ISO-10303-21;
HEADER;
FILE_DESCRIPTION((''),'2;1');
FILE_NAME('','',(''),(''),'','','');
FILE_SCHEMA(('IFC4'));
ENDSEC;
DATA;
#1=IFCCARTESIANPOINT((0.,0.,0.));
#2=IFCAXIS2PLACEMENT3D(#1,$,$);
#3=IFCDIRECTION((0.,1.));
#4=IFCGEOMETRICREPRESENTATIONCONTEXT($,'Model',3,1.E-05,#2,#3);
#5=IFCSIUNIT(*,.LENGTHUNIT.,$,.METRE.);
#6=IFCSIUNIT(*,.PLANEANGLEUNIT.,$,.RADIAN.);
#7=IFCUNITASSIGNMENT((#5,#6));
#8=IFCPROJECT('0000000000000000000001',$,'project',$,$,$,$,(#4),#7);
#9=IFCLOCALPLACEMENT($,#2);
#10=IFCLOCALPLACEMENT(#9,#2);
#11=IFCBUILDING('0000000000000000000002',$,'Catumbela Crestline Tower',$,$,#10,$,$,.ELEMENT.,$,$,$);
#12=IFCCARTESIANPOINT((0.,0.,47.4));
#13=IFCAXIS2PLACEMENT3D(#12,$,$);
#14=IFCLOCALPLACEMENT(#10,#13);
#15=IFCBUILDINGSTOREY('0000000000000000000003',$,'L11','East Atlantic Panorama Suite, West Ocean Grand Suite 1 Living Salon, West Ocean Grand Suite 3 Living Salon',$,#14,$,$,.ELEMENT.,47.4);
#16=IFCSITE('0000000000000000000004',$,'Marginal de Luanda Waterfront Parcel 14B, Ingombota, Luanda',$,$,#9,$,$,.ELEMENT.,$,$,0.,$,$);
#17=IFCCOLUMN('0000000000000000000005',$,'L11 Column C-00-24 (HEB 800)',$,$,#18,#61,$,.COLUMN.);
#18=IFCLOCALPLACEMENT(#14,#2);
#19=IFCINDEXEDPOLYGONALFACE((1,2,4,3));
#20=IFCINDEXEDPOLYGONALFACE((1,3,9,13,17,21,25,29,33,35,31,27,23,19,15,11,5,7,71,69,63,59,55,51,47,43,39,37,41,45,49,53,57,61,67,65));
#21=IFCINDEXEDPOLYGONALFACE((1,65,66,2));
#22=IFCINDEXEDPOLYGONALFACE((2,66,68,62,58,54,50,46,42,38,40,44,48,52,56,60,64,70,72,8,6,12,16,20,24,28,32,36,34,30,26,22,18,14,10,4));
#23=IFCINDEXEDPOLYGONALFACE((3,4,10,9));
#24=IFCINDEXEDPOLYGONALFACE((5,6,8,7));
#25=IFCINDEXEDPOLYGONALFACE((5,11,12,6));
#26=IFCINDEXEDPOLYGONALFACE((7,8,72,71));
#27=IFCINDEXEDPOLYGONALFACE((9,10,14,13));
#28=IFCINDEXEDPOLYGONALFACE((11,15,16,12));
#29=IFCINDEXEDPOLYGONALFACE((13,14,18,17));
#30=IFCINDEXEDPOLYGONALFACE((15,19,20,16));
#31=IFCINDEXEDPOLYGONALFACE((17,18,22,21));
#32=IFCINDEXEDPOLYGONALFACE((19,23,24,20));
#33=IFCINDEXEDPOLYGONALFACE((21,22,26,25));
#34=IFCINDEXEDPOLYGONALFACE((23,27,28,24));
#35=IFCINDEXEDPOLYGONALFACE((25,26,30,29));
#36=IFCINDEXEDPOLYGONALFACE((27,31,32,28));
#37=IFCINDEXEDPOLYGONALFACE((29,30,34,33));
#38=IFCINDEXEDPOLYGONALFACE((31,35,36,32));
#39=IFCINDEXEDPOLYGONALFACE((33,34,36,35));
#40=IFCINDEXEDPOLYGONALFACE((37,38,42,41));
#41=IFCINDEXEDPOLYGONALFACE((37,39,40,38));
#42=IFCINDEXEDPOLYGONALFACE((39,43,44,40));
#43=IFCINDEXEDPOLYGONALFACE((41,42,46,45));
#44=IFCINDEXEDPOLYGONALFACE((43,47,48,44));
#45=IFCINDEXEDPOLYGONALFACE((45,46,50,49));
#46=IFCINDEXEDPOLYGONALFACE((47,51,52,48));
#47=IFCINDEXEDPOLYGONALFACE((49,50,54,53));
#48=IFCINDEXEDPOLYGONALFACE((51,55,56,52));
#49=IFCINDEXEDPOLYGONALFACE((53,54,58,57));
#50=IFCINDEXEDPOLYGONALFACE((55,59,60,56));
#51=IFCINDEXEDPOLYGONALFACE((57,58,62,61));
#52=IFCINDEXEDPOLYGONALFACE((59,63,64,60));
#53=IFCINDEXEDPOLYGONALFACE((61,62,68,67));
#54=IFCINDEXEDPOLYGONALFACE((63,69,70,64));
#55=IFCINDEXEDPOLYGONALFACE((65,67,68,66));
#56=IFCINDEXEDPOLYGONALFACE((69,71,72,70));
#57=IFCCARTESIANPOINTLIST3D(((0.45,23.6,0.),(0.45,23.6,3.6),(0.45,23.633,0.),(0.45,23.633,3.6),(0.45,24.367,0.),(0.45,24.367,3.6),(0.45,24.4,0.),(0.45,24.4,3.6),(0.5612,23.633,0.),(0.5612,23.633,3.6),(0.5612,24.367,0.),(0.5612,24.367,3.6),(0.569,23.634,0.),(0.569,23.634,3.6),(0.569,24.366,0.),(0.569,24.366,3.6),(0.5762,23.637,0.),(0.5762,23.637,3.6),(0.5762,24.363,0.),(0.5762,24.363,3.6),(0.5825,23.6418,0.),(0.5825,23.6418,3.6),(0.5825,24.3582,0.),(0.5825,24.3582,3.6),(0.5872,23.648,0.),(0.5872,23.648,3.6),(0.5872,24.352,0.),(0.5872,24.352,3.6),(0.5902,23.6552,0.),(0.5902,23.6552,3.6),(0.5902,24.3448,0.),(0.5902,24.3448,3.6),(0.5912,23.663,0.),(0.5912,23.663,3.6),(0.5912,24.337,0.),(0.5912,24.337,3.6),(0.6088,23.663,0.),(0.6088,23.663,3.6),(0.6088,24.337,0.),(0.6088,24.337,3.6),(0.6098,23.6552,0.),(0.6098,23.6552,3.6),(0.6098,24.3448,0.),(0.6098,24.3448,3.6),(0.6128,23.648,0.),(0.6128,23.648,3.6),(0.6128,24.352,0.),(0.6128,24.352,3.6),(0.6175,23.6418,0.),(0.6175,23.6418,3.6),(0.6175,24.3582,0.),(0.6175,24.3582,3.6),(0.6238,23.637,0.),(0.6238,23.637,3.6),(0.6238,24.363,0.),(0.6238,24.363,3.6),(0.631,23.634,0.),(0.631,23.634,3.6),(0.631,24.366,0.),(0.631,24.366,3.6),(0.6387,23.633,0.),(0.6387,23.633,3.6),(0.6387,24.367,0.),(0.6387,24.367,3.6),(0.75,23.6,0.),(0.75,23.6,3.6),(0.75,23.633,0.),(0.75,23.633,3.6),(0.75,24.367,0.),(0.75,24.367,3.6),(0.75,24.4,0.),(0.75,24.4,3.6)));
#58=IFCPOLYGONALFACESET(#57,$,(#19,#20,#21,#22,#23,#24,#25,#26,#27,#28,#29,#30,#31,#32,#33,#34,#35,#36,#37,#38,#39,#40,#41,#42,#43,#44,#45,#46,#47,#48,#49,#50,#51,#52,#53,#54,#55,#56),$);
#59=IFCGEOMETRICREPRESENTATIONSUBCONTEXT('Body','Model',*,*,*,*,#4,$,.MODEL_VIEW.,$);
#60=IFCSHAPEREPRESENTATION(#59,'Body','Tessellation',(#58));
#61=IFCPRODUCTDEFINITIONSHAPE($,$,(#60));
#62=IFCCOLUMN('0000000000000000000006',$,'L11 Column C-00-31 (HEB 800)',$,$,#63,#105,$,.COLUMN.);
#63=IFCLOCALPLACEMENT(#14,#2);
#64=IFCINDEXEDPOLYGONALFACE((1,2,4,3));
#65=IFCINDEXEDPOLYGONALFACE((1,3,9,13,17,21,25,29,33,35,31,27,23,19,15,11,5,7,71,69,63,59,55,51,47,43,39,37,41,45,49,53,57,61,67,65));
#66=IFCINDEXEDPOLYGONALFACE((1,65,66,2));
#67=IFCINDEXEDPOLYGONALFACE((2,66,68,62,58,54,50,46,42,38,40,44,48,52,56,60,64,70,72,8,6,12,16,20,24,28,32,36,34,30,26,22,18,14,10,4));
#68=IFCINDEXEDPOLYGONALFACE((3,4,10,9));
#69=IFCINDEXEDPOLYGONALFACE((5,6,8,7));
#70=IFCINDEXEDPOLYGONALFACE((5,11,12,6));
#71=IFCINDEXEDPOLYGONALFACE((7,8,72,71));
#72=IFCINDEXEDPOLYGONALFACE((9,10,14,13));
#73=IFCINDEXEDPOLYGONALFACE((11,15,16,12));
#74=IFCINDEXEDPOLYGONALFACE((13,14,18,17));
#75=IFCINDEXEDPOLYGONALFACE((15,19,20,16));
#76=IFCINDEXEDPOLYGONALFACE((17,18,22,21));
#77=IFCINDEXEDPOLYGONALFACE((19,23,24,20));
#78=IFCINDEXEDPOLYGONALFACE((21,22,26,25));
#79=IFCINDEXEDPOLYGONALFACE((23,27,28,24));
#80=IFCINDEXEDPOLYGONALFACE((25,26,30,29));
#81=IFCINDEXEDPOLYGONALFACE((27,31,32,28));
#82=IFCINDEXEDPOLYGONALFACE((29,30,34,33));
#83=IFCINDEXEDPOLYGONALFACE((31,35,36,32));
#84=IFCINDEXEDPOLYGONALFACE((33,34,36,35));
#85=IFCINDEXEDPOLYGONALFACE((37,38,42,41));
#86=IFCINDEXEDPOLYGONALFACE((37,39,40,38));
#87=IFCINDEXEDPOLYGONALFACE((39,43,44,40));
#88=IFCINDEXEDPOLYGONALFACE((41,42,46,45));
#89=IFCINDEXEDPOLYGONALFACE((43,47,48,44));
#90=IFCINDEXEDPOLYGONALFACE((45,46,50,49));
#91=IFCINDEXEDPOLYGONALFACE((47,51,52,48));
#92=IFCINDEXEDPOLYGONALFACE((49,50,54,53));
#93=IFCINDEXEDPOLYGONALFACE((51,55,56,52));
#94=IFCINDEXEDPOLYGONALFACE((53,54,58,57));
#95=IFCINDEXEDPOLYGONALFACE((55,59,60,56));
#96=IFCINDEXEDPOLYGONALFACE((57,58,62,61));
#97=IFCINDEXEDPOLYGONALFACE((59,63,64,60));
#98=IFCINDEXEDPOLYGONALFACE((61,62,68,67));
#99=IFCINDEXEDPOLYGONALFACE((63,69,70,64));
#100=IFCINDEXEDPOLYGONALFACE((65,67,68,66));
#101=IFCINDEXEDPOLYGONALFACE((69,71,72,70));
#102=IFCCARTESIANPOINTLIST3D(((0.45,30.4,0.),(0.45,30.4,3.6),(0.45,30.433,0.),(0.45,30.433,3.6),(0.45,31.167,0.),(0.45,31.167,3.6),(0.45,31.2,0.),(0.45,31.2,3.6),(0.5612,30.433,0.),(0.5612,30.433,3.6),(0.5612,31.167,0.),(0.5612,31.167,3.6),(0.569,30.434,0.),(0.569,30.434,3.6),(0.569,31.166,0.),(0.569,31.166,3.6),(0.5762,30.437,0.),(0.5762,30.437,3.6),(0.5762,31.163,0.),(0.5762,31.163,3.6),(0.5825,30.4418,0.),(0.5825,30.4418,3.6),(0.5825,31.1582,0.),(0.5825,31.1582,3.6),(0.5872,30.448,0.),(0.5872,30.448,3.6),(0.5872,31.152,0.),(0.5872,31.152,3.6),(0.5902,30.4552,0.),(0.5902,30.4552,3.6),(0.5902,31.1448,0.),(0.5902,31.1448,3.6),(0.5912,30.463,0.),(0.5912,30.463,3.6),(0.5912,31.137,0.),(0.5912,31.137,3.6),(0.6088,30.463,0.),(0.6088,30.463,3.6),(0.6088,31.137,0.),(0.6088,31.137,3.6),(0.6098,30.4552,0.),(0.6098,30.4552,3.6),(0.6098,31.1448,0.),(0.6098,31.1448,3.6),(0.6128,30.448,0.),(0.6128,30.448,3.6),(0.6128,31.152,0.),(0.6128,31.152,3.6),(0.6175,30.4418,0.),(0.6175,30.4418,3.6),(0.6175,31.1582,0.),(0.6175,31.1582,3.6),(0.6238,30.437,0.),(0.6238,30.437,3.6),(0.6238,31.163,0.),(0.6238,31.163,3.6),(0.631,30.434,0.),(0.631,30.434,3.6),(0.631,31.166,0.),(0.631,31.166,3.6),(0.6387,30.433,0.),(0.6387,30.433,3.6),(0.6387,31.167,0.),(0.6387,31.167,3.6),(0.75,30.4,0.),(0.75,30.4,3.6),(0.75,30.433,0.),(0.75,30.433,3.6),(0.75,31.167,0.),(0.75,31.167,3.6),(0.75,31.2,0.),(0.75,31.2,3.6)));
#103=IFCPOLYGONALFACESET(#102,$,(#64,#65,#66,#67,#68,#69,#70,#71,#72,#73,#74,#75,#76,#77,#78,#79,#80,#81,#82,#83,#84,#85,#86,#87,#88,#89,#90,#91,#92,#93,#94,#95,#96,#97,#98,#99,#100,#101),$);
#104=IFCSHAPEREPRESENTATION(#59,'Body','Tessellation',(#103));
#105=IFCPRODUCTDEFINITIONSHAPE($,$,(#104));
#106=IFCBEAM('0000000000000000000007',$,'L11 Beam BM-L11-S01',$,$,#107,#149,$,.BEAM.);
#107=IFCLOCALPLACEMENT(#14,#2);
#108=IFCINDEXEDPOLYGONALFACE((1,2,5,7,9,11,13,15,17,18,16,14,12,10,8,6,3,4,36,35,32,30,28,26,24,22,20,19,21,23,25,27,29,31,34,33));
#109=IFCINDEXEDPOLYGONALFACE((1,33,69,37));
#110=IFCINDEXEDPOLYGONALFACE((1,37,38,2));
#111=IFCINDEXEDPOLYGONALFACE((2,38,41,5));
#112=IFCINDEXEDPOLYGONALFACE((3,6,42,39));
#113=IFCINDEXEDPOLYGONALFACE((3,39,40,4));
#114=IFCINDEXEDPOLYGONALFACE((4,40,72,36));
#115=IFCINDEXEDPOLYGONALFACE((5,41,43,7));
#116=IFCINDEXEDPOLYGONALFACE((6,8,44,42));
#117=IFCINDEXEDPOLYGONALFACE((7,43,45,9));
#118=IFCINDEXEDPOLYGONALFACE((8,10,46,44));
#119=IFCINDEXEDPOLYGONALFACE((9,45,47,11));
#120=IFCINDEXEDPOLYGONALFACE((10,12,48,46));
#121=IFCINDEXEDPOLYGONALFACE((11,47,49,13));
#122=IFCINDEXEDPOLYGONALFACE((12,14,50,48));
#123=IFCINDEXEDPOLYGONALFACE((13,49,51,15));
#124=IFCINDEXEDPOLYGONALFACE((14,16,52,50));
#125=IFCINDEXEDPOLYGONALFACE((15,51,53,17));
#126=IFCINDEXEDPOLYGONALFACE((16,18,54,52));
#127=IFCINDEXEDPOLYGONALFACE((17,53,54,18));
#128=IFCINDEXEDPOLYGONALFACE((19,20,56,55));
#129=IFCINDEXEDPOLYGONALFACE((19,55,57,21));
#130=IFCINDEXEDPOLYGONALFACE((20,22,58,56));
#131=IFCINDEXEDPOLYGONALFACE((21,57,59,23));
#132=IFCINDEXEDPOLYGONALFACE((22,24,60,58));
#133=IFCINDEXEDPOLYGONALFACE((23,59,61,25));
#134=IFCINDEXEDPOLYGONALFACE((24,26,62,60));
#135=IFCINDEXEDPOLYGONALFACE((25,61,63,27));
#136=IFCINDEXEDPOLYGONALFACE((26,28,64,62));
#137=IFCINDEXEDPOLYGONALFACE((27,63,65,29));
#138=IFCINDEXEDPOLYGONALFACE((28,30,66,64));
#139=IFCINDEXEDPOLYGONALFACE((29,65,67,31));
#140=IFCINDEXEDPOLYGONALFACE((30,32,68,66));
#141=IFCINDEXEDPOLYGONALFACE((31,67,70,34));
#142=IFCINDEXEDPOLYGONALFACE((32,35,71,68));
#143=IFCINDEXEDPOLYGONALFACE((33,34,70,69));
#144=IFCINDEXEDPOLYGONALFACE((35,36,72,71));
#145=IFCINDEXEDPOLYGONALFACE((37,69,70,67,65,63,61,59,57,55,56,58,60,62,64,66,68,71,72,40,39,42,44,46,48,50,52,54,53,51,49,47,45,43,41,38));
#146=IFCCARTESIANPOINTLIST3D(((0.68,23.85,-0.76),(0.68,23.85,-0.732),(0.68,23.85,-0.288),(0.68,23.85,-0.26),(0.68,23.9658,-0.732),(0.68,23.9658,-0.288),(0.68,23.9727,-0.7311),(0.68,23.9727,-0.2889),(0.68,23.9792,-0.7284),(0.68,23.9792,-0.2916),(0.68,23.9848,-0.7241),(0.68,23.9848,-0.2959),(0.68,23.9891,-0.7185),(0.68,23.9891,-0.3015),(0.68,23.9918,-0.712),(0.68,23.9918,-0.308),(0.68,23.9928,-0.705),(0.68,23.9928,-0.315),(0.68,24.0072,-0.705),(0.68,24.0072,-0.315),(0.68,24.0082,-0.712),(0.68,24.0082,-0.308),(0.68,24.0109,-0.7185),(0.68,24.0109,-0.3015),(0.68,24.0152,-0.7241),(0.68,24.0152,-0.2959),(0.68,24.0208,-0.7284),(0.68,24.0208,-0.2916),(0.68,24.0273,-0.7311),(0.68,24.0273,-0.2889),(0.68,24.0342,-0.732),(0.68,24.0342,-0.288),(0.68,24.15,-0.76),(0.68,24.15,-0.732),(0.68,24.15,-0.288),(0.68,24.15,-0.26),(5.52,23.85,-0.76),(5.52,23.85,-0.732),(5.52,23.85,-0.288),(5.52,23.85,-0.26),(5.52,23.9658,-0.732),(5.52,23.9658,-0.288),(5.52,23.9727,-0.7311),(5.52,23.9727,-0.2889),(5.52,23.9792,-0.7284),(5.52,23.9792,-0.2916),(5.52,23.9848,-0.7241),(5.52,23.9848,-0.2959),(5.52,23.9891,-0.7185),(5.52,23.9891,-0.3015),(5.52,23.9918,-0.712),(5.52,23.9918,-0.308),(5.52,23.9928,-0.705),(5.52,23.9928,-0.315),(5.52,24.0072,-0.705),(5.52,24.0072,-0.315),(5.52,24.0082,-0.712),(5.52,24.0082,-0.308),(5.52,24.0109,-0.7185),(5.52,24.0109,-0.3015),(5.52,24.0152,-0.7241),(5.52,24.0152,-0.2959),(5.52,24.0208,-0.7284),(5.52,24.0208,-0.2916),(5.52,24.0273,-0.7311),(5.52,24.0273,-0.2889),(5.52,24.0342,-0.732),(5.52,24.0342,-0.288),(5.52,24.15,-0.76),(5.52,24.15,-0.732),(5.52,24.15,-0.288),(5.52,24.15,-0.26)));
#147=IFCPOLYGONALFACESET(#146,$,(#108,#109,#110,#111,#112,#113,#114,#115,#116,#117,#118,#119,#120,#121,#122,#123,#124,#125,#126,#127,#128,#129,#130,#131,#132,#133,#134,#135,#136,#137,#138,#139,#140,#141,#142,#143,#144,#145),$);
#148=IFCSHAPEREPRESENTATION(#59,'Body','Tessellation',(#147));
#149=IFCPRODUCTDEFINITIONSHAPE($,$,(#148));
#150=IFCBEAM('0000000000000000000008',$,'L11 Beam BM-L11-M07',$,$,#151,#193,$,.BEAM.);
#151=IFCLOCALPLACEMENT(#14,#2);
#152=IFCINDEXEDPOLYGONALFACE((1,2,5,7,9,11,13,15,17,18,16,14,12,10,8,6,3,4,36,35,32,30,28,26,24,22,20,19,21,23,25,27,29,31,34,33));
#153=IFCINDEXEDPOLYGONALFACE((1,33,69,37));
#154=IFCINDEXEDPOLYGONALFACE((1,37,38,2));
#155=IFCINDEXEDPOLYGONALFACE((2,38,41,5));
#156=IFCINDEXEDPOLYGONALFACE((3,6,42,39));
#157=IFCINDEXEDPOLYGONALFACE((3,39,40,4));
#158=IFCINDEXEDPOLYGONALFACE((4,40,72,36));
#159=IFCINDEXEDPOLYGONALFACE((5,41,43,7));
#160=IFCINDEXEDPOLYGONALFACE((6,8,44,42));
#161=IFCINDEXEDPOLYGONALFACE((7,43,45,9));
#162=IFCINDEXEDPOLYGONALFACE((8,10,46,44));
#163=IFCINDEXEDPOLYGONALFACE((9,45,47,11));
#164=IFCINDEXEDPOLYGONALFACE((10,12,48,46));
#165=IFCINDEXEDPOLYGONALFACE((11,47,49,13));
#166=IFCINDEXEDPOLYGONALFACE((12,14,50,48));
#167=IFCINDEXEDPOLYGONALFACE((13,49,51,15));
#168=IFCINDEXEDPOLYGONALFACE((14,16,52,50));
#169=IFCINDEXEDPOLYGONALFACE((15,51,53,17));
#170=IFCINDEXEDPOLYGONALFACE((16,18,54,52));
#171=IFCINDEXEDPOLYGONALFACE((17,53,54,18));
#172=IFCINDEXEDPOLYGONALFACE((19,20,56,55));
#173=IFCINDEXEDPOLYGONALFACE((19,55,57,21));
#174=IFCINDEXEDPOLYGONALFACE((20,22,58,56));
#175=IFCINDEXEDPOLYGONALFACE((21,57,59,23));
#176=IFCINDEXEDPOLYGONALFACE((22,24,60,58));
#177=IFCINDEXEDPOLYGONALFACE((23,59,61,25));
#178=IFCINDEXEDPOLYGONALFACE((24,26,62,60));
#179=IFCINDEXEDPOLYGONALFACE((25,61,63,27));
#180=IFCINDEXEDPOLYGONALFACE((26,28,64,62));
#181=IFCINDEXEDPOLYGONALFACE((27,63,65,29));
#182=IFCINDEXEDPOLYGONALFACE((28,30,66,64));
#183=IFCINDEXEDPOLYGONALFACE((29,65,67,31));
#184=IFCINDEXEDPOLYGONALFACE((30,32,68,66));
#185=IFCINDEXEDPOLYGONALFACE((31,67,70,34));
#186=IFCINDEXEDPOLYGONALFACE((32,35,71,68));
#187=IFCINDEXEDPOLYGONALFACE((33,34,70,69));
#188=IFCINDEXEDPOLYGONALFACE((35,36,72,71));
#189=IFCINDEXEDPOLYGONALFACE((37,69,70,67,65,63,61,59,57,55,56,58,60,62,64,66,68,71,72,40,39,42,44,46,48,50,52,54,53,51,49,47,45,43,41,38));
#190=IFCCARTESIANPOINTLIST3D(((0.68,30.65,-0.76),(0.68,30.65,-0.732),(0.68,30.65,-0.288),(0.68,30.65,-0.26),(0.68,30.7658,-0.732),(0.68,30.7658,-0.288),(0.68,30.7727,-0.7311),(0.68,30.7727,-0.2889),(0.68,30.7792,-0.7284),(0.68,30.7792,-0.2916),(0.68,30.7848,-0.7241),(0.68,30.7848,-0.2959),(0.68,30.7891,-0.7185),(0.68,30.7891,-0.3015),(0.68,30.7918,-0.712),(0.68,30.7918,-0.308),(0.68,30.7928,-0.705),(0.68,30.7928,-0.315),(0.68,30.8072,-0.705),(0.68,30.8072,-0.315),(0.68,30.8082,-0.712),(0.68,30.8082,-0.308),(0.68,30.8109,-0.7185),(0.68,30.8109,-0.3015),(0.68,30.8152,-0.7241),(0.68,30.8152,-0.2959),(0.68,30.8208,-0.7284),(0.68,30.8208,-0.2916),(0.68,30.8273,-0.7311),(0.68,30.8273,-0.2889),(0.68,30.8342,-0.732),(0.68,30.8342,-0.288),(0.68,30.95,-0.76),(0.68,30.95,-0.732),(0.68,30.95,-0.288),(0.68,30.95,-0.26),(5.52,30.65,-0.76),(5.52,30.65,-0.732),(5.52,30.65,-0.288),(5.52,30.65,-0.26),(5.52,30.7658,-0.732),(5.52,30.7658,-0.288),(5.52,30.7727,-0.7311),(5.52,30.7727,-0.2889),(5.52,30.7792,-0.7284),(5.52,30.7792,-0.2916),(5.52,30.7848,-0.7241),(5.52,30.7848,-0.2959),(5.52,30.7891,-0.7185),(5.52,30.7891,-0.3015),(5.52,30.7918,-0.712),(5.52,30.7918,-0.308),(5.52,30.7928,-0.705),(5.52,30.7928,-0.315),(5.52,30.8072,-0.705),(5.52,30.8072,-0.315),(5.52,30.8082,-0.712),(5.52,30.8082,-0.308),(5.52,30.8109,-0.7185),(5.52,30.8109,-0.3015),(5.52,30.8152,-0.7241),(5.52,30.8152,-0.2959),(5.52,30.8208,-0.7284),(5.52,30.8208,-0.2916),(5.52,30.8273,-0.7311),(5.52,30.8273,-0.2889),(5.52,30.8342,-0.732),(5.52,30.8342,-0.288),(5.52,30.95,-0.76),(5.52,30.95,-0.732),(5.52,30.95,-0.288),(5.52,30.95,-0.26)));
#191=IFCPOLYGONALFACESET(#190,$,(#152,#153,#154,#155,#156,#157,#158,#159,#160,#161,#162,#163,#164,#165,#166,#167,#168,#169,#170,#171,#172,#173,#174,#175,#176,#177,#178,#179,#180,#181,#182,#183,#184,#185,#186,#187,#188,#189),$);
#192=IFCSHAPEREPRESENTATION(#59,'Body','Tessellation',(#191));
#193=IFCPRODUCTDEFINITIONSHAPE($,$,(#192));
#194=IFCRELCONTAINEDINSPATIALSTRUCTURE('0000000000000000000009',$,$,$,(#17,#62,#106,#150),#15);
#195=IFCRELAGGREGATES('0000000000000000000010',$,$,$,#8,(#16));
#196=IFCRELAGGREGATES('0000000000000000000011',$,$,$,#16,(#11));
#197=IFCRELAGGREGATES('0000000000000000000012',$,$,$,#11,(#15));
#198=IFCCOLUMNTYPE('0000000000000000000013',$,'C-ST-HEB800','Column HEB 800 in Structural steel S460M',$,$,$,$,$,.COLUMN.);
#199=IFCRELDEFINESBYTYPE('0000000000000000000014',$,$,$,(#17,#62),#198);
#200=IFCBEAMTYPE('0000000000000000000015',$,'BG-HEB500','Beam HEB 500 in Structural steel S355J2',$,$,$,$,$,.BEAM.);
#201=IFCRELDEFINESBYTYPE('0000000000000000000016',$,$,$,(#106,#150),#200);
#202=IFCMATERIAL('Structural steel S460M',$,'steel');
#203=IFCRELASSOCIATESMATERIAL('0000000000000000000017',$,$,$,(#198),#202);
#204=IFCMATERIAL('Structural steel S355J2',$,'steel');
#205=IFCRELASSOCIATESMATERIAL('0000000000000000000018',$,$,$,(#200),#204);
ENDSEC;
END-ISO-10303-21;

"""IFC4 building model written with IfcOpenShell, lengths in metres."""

from ifc_helpers import new_model, si_unit, direction, frame, origin, origin_2d, place, context, subcontext, project, spatial, i_section, extrude, material, material_profile, profile_set, type_object, element, save


model = new_model("IFC4")

# Units and contexts
model_context = context("Model", 3, precision=1e-05, world=origin(), true_north=direction((0.0, 1.0)))
body_context = subcontext(model_context, "Body", "Model", "MODEL_VIEW")
ifc_project = project(units=[si_unit("LENGTHUNIT", "METRE"), si_unit("PLANEANGLEUNIT", "RADIAN")], contexts=[model_context])

# Site, building, storey
site_placement = place(None, origin())
site = spatial("IfcSite", under=ifc_project, at=site_placement, Name="Marginal de Luanda Waterfront Parcel 14B, Ingombota, Luanda", CompositionType="ELEMENT", RefElevation=0.0)
building_placement = place(site_placement, origin())
building = spatial("IfcBuilding", under=site, at=building_placement, Name="Catumbela Crestline Tower", CompositionType="ELEMENT")
storey_placement = place(building_placement, frame((0.0, 0.0, 47.4)))
storey = spatial("IfcBuildingStorey", under=building, at=storey_placement, Name="L11", Description="East Atlantic Panorama Suite, West Ocean Grand Suite 1 Living Salon, West Ocean Grand Suite 3 Living Salon", CompositionType="ELEMENT", Elevation=47.4)

# Columns
ifc_material_1 = material(Name="Structural steel S460M", Category="steel")
ifc_material_profile_1 = material_profile(ifc_material_1, i_section(OverallWidth=0.3, OverallDepth=0.8, WebThickness=0.0175, FlangeThickness=0.033, FilletRadius=0.03, at=origin_2d()), Name="HEB 800")
ifc_profile_set_1 = profile_set([ifc_material_profile_1], Name="Structural steel S460M")
column_type = type_object("IfcColumnType", Name="C-ST-HEB800", Description="Column HEB 800 in Structural steel S460M", PredefinedType="COLUMN", material=ifc_profile_set_1)
for number, where, z_axis, x_axis, name in (
    (1, (0.6, 24.0, 0.0), (0.0, 0.0, 1.0), (1.0, 0.0, 0.0), "L11 Column C-00-24 (HEB 800)"),
    (2, (0.6, 30.8, 0.0), (0.0, 0.0, 1.0), (1.0, 0.0, 0.0), "L11 Column C-00-31 (HEB 800)"),
):
    element("IfcColumn", number, at=place(storey_placement, frame(where, z_axis=z_axis, x_axis=x_axis)), inside=storey, type_object=column_type, Name=name, PredefinedType="COLUMN", context=body_context, shape_type="SweptSolid", body=[
        extrude(i_section(OverallWidth=0.3, OverallDepth=0.8, WebThickness=0.0175, FlangeThickness=0.033, FilletRadius=0.03, at=origin_2d()), origin(), (0.0, 0.0, 1.0), 3.6),
    ])

# Beams
ifc_material_2 = material(Name="Structural steel S355J2", Category="steel")
ifc_material_profile_2 = material_profile(ifc_material_2, i_section(OverallWidth=0.3, OverallDepth=0.5, WebThickness=0.0145, FlangeThickness=0.028, FilletRadius=0.027, at=origin_2d()), Name="HEB 500")
ifc_profile_set_2 = profile_set([ifc_material_profile_2], Name="Structural steel S355J2")
beam_type_1 = type_object("IfcBeamType", Name="BG-HEB500", Description="Beam HEB 500 in Structural steel S355J2", PredefinedType="BEAM", material=ifc_profile_set_2)
for number, where, z_axis, x_axis, name in (
    (3, (0.68, 24.0, -0.51), (1.0, 0.0, 0.0), (0.0, 1.0, 0.0), "L11 Beam BM-L11-S01"),
    (4, (0.68, 30.8, -0.51), (1.0, 0.0, 0.0), (0.0, 1.0, 0.0), "L11 Beam BM-L11-M07"),
):
    element("IfcBeam", number, at=place(storey_placement, frame(where, z_axis=z_axis, x_axis=x_axis)), inside=storey, type_object=beam_type_1, Name=name, PredefinedType="BEAM", context=body_context, shape_type="SweptSolid", body=[
        extrude(i_section(OverallWidth=0.3, OverallDepth=0.5, WebThickness=0.0145, FlangeThickness=0.028, FilletRadius=0.027, at=origin_2d()), origin(), (0.0, 0.0, 1.0), 4.84),
    ])

save(model, "model.ifc")
